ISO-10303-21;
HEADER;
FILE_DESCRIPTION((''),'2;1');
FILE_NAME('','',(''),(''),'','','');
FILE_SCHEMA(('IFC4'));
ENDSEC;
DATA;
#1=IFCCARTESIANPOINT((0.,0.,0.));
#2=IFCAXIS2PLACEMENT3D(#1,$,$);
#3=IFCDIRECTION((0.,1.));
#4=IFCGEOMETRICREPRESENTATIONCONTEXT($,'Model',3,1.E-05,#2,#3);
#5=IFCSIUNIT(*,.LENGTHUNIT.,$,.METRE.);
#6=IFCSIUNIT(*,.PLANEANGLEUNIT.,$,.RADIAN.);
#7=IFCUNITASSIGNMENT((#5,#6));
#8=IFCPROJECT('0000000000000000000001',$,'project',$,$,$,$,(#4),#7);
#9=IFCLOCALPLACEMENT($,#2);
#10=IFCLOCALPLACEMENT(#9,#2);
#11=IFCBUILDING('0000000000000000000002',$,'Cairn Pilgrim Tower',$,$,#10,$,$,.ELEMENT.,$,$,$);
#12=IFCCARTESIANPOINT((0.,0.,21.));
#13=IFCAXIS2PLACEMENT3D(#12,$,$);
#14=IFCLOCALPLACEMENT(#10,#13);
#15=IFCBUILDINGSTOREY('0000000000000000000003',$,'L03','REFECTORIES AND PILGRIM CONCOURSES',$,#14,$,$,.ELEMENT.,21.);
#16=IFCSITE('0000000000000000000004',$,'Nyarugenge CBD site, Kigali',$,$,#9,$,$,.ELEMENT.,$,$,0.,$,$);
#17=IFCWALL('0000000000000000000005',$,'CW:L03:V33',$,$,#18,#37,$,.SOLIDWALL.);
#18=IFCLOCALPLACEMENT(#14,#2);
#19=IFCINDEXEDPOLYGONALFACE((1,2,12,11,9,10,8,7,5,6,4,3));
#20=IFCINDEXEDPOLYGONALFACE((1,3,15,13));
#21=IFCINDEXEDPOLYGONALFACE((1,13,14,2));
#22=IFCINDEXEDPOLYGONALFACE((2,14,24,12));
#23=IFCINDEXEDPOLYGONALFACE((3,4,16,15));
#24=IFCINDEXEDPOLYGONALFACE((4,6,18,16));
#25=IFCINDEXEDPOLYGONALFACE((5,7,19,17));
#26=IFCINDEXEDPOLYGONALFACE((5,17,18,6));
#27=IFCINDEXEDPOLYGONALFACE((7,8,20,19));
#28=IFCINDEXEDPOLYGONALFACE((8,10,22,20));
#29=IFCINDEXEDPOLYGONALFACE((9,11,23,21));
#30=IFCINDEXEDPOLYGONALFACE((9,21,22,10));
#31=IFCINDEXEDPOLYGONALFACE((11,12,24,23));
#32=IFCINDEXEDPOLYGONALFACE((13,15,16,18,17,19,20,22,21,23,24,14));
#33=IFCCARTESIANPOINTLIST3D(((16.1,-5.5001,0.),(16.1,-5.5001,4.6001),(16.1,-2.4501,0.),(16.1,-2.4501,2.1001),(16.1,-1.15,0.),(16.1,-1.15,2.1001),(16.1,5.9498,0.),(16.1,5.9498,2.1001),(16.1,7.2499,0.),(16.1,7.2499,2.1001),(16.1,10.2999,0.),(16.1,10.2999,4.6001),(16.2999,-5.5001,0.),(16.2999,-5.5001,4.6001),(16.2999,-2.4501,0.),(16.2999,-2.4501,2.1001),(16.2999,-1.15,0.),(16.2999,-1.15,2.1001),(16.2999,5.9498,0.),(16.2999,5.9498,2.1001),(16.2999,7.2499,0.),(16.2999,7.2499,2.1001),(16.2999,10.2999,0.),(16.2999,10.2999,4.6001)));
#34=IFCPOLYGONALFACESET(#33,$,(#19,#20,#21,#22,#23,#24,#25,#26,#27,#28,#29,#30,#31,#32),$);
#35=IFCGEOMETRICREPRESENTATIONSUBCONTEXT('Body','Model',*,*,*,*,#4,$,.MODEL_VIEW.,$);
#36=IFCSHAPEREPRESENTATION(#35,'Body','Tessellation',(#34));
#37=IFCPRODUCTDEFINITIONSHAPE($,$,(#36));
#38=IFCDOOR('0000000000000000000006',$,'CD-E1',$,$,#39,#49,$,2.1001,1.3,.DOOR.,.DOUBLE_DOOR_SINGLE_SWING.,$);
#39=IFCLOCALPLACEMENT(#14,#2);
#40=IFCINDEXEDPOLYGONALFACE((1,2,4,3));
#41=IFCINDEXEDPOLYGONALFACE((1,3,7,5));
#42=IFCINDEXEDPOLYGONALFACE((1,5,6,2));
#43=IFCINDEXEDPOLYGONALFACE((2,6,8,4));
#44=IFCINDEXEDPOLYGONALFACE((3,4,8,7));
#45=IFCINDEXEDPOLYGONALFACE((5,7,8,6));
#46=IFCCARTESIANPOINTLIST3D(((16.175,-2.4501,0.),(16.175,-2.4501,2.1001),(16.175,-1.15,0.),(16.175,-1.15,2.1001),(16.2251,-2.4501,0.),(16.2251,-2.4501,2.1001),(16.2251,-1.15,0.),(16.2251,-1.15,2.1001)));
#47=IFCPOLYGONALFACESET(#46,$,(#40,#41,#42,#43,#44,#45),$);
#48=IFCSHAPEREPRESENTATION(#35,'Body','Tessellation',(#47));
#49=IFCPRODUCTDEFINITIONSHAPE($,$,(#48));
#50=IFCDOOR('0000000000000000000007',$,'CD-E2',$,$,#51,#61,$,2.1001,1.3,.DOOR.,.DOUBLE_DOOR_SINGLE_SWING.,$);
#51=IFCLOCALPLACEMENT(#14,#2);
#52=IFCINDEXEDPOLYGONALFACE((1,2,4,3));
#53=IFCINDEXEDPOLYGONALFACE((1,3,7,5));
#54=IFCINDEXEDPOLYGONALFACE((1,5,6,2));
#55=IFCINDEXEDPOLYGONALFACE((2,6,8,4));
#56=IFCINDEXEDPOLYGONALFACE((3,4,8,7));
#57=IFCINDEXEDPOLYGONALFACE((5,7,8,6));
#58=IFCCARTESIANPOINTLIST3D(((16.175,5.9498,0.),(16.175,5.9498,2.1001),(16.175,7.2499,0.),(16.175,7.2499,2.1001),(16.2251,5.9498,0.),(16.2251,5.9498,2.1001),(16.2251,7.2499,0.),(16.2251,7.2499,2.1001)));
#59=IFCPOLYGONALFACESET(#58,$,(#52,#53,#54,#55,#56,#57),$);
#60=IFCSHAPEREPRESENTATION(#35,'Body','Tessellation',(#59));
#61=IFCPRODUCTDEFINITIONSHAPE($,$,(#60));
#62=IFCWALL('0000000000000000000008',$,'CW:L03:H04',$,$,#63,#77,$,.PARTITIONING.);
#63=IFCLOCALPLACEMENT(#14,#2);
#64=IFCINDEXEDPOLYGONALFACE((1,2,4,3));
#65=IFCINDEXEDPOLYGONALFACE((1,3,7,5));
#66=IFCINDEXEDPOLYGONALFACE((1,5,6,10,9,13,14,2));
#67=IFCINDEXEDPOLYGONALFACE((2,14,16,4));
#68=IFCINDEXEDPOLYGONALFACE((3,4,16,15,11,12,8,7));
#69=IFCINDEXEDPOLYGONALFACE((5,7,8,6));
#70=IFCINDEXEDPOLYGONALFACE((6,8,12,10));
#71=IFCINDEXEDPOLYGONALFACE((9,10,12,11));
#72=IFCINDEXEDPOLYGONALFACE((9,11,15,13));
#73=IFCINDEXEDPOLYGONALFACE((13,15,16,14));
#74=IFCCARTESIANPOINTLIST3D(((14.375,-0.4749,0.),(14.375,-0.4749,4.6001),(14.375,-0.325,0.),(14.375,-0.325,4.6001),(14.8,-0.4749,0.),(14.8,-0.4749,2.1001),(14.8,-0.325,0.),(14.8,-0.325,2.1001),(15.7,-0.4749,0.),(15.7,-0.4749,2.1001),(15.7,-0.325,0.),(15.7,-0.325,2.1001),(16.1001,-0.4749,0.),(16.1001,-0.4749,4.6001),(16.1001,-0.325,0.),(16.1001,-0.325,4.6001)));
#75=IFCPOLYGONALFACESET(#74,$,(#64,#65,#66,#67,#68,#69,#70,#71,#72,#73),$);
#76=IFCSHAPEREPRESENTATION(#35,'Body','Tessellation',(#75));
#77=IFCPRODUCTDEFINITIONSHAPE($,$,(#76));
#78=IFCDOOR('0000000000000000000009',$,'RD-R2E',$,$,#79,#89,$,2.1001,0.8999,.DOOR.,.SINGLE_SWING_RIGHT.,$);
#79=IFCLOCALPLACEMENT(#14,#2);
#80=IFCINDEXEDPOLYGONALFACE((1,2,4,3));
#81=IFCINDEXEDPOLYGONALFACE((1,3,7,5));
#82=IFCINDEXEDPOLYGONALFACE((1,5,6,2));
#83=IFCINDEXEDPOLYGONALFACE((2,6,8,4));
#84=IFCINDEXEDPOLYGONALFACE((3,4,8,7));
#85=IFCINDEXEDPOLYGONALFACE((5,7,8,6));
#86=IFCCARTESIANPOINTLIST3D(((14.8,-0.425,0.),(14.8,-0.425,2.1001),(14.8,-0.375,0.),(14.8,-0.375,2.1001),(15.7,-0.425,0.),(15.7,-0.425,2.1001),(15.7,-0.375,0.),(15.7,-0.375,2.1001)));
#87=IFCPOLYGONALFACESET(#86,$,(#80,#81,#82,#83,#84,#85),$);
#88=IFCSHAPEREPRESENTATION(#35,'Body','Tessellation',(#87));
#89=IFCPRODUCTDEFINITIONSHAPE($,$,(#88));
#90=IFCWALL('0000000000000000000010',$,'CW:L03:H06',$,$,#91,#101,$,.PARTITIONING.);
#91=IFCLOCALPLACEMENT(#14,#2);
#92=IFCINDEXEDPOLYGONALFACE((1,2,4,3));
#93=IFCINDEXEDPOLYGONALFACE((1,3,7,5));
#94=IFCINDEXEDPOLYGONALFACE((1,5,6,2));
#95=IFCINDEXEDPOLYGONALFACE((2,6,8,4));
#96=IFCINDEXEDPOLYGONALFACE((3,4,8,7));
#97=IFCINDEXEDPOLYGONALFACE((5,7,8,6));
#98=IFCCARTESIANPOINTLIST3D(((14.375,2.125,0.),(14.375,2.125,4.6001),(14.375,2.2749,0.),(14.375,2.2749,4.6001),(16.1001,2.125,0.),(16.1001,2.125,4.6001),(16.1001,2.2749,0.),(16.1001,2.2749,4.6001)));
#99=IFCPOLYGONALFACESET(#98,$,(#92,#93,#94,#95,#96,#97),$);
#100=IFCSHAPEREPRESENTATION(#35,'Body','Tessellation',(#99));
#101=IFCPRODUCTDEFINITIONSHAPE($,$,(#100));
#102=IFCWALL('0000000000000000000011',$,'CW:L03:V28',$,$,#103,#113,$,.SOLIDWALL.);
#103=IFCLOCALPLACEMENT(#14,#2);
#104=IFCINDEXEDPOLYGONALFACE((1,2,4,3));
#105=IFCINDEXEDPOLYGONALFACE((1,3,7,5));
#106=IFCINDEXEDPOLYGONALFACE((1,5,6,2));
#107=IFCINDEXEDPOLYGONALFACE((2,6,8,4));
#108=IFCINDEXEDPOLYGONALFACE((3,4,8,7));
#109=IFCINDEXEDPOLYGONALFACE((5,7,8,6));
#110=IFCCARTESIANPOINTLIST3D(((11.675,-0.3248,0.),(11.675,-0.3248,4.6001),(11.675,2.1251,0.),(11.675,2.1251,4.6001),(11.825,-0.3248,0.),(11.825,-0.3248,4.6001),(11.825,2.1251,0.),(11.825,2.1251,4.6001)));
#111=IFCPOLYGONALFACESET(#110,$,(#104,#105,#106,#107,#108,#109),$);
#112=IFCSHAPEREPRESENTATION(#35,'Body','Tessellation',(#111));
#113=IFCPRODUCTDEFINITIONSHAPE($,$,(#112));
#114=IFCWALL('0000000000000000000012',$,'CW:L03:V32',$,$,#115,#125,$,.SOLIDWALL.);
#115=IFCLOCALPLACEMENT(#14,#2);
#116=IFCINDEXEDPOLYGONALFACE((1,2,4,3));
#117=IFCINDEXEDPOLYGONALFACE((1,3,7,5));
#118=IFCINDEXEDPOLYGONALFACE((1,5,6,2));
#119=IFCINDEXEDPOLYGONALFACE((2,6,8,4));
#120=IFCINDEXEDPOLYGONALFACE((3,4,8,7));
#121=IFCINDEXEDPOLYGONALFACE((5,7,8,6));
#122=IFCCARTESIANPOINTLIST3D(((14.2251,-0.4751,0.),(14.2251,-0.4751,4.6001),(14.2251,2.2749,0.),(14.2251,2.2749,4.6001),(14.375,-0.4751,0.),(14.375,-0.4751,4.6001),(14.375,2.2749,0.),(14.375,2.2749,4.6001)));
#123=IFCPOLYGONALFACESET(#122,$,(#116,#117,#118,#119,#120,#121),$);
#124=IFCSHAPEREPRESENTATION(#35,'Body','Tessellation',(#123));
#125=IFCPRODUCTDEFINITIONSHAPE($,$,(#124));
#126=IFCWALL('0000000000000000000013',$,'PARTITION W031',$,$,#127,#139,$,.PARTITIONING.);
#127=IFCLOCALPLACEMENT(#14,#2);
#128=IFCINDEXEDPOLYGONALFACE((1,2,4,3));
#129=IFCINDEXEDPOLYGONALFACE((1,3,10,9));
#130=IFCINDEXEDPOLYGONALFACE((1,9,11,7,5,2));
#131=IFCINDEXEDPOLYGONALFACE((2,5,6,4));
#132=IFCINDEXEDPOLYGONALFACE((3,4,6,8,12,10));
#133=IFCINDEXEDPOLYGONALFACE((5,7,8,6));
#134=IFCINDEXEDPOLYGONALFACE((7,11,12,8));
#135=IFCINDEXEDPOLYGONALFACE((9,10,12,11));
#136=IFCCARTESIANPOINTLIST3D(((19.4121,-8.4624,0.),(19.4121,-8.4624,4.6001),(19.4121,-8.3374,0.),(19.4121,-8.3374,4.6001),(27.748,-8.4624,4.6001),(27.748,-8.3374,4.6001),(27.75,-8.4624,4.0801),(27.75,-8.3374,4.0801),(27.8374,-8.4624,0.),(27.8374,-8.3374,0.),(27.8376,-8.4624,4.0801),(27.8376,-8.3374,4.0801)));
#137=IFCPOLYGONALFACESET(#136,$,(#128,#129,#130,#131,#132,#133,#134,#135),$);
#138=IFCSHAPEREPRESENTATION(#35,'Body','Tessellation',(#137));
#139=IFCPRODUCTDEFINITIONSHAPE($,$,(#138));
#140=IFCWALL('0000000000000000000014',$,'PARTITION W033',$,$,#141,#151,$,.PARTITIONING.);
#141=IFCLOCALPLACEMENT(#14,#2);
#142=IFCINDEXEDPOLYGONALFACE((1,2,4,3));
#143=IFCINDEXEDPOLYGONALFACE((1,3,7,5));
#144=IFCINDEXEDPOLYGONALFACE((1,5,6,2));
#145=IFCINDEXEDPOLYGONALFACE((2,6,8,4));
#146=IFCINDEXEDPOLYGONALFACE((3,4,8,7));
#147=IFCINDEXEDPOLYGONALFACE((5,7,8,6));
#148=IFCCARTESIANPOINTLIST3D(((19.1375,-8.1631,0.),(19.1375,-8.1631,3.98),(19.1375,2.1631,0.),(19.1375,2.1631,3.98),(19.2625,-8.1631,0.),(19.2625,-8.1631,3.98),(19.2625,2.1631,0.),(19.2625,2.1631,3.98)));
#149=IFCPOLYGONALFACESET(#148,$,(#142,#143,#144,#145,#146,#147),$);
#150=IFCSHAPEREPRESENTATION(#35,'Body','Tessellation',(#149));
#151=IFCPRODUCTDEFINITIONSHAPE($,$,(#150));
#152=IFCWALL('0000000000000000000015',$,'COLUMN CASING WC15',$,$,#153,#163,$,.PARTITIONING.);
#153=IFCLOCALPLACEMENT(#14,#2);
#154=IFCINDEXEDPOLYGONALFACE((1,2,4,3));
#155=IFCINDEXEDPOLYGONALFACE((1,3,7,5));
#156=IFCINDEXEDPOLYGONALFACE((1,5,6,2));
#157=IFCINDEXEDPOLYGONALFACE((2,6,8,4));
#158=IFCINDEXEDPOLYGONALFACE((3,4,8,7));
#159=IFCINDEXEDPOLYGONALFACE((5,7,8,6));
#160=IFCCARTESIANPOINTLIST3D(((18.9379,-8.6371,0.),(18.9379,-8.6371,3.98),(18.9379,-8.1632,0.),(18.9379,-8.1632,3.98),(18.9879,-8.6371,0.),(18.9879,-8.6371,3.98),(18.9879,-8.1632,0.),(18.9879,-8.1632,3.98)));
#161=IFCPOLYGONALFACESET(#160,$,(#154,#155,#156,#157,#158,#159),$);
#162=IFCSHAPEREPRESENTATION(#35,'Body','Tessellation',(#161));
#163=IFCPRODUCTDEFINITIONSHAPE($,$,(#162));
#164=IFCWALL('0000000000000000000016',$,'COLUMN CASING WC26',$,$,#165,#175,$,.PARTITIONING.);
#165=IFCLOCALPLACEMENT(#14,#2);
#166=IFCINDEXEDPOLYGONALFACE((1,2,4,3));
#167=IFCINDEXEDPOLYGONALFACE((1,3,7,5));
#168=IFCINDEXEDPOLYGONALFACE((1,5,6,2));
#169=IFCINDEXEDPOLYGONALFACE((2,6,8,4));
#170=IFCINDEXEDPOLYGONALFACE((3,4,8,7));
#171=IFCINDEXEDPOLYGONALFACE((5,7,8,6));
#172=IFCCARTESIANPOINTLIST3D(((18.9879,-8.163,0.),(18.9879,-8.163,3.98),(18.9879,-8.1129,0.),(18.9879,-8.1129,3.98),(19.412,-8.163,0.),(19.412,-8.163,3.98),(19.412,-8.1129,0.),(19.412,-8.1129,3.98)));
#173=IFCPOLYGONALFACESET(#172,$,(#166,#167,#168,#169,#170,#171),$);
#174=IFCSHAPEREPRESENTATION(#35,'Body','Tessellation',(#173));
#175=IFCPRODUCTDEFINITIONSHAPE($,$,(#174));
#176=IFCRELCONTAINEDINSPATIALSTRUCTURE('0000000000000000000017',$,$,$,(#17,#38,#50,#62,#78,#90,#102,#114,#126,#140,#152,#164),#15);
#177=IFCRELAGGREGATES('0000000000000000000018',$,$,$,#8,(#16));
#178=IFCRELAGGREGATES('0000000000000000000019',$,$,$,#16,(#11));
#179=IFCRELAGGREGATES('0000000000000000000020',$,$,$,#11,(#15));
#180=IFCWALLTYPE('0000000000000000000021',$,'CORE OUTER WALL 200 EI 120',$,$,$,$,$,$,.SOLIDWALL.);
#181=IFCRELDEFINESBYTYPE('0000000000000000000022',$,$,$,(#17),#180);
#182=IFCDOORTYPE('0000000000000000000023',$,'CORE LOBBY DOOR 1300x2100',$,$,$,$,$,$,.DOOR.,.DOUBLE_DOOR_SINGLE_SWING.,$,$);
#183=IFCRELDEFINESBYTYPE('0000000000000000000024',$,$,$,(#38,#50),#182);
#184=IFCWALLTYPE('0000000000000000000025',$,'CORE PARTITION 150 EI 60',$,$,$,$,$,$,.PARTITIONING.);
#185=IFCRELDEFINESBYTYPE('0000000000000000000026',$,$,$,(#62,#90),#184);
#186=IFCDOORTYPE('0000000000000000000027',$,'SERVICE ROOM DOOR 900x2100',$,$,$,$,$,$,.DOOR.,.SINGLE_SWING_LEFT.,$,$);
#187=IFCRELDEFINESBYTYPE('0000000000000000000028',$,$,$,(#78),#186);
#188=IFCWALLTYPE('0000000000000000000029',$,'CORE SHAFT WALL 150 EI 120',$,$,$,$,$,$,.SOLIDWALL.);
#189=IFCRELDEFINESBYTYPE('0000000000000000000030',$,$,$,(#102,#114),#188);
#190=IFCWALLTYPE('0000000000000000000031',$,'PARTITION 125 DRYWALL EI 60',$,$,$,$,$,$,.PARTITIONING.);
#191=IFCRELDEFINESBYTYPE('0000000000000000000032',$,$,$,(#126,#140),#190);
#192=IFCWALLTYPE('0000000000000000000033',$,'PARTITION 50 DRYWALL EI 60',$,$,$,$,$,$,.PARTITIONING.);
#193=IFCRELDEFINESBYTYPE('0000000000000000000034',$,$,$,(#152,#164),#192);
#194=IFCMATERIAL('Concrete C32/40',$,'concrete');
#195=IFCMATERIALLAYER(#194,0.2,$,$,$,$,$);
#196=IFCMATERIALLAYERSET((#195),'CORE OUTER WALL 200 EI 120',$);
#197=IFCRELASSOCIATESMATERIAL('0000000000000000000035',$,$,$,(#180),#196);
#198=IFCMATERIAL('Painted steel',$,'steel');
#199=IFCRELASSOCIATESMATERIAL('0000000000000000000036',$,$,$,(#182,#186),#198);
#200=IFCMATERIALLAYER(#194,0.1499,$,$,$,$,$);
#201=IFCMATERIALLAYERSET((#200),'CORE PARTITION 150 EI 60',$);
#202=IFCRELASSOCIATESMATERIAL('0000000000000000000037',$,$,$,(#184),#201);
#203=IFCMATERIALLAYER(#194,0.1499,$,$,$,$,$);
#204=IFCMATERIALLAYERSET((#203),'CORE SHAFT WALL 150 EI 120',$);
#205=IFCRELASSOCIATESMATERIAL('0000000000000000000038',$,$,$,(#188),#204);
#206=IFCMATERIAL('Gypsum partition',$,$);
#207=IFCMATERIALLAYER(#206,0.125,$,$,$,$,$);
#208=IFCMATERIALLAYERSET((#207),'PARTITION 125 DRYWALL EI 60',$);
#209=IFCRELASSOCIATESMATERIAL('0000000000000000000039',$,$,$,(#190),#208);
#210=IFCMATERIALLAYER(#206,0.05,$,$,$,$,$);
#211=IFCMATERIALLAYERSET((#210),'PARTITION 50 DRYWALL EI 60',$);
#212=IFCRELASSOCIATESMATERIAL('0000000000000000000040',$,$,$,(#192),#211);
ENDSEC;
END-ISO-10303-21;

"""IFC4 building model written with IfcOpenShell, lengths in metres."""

from ifc_helpers import new_model, si_unit, direction, frame, frame_2d, origin, place, context, subcontext, project, spatial, polyline, rectangle, outline, extrude, material, layer, layer_set, type_object, element, fill, save


model = new_model("IFC4")

# Units and contexts
model_context = context("Model", 3, precision=1e-05, world=origin(), true_north=direction((0.0, 1.0)))
body_context = subcontext(model_context, "Body", "Model", "MODEL_VIEW")
ifc_project = project(units=[si_unit("LENGTHUNIT", "METRE"), si_unit("PLANEANGLEUNIT", "RADIAN")], contexts=[model_context])

# Site, building, storey
site_placement = place(None, origin())
site = spatial("IfcSite", under=ifc_project, at=site_placement, Name="Nyarugenge CBD site, Kigali", CompositionType="ELEMENT", RefElevation=0.0)
building_placement = place(site_placement, origin())
building = spatial("IfcBuilding", under=site, at=building_placement, Name="Cairn Pilgrim Tower", CompositionType="ELEMENT")
storey_placement = place(building_placement, frame((0.0, 0.0, 21.0)))
storey = spatial("IfcBuildingStorey", under=building, at=storey_placement, Name="L03", Description="REFECTORIES AND PILGRIM CONCOURSES", CompositionType="ELEMENT", Elevation=21.0)

# Shared definitions
ifc_material_1 = material(Name="Concrete C32/40", Category="concrete")
ifc_layer_1 = layer(ifc_material_1, 0.2)
ifc_layer_set_1 = layer_set([ifc_layer_1], Name="CORE OUTER WALL 200 EI 120")
wall_type_1 = type_object("IfcWallType", Name="CORE OUTER WALL 200 EI 120", PredefinedType="SOLIDWALL", material=ifc_layer_set_1)

# Wall, openings, doors
wall_1_placement = place(storey_placement, frame((16.2, -5.5, 0.0), z_axis=(0.0, 0.0, 1.0), x_axis=(0.0, 1.0, 0.0)))
wall_1 = element("IfcWall", 1, at=wall_1_placement, inside=storey, type_object=wall_type_1, Name="CW:L03:V33", PredefinedType="SOLIDWALL", context=body_context, shape_type="SweptSolid", body=[
    extrude(rectangle(XDim=15.8, YDim=0.2, at=frame_2d((7.8999, 0.0))), origin(), (0.0, 0.0, 1.0), 4.6001),
])
opening_1_placement = place(wall_1_placement, frame((3.05, 0.0, 0.0)))
opening_1 = element("IfcOpeningElement", 2, at=opening_1_placement, cuts=wall_1, PredefinedType="OPENING", context=body_context, shape_type="SweptSolid", body=[
    extrude(rectangle(XDim=1.3, YDim=2.1001, at=frame_2d((0.6499, 1.05))), frame((0.0, 0.1099, 0.0), z_axis=(0.0, -1.0, 0.0), x_axis=(1.0, 0.0, 0.0)), (0.0, 0.0, 1.0), 0.22),
])
opening_2_placement = place(wall_1_placement, frame((11.45, 0.0, 0.0)))
opening_2 = element("IfcOpeningElement", 3, at=opening_2_placement, cuts=wall_1, PredefinedType="OPENING", context=body_context, shape_type="SweptSolid", body=[
    extrude(rectangle(XDim=1.3, YDim=2.1001, at=frame_2d((0.6499, 1.05))), frame((0.0, 0.1099, 0.0), z_axis=(0.0, -1.0, 0.0), x_axis=(1.0, 0.0, 0.0)), (0.0, 0.0, 1.0), 0.22),
])
ifc_material_2 = material(Name="Painted steel", Category="steel")
door_type_1 = type_object("IfcDoorType", Name="CORE LOBBY DOOR 1300x2100", OperationType="DOUBLE_DOOR_SINGLE_SWING", PredefinedType="DOOR", material=ifc_material_2)
door_1_placement = place(opening_1_placement, origin())
door_1 = element("IfcDoor", 4, at=door_1_placement, inside=storey, type_object=door_type_1, Name="CD-E1", OperationType="DOUBLE_DOOR_SINGLE_SWING", OverallHeight=2.1001, OverallWidth=1.3, PredefinedType="DOOR", context=body_context, shape_type="SweptSolid", body=[
    extrude(rectangle(XDim=1.3, YDim=2.1001, at=frame_2d((0.6499, 1.05))), frame((0.0, 0.0249, 0.0), z_axis=(0.0, -1.0, 0.0), x_axis=(1.0, 0.0, 0.0)), (0.0, 0.0, 1.0), 0.05),
])
fill(opening_1, door_1)
door_2_placement = place(opening_2_placement, origin())
door_2 = element("IfcDoor", 5, at=door_2_placement, inside=storey, type_object=door_type_1, Name="CD-E2", OperationType="DOUBLE_DOOR_SINGLE_SWING", OverallHeight=2.1001, OverallWidth=1.3, PredefinedType="DOOR", context=body_context, shape_type="SweptSolid", body=[
    extrude(rectangle(XDim=1.3, YDim=2.1001, at=frame_2d((0.6499, 1.05))), frame((0.0, 0.0249, 0.0), z_axis=(0.0, -1.0, 0.0), x_axis=(1.0, 0.0, 0.0)), (0.0, 0.0, 1.0), 0.05),
])
fill(opening_2, door_2)

# Wall, opening, door
ifc_layer_2 = layer(ifc_material_1, 0.1499)
ifc_layer_set_2 = layer_set([ifc_layer_2], Name="CORE PARTITION 150 EI 60")
wall_type_2 = type_object("IfcWallType", Name="CORE PARTITION 150 EI 60", PredefinedType="PARTITIONING", material=ifc_layer_set_2)
wall_2_placement = place(storey_placement, frame((14.375, -0.3999, 0.0), z_axis=(0.0, 0.0, 1.0), x_axis=(1.0, 0.0, 0.0)))
wall_2 = element("IfcWall", 6, at=wall_2_placement, inside=storey, type_object=wall_type_2, Name="CW:L03:H04", PredefinedType="PARTITIONING", context=body_context, shape_type="SweptSolid", body=[
    extrude(rectangle(XDim=1.7251, YDim=0.1499, at=frame_2d((0.8625, 0.0))), origin(), (0.0, 0.0, 1.0), 4.6001),
])
opening_3_placement = place(wall_2_placement, frame((0.425, 0.0, 0.0)))
opening_3 = element("IfcOpeningElement", 7, at=opening_3_placement, cuts=wall_2, PredefinedType="OPENING", context=body_context, shape_type="SweptSolid", body=[
    extrude(rectangle(XDim=0.8999, YDim=2.1001, at=frame_2d((0.45, 1.05))), frame((0.0, 0.085, 0.0), z_axis=(0.0, -1.0, 0.0), x_axis=(1.0, 0.0, 0.0)), (0.0, 0.0, 1.0), 0.1699),
])
door_type_2 = type_object("IfcDoorType", Name="SERVICE ROOM DOOR 900x2100", OperationType="SINGLE_SWING_LEFT", PredefinedType="DOOR", material=ifc_material_2)
door_3_placement = place(opening_3_placement, origin())
door_3 = element("IfcDoor", 8, at=door_3_placement, inside=storey, type_object=door_type_2, Name="RD-R2E", OperationType="SINGLE_SWING_RIGHT", OverallHeight=2.1001, OverallWidth=0.8999, PredefinedType="DOOR", context=body_context, shape_type="SweptSolid", body=[
    extrude(rectangle(XDim=0.8999, YDim=2.1001, at=frame_2d((0.45, 1.05))), frame((0.0, 0.0249, 0.0), z_axis=(0.0, -1.0, 0.0), x_axis=(1.0, 0.0, 0.0)), (0.0, 0.0, 1.0), 0.05),
])
fill(opening_3, door_3)

# Walls
wall_3_placement = place(storey_placement, frame((14.375, 2.2, 0.0), z_axis=(0.0, 0.0, 1.0), x_axis=(1.0, 0.0, 0.0)))
element("IfcWall", 9, at=wall_3_placement, inside=storey, type_object=wall_type_2, Name="CW:L03:H06", PredefinedType="PARTITIONING", context=body_context, shape_type="SweptSolid", body=[
    extrude(rectangle(XDim=1.7251, YDim=0.1499, at=frame_2d((0.8625, 0.0))), origin(), (0.0, 0.0, 1.0), 4.6001),
])
ifc_layer_3 = layer(ifc_material_1, 0.1499)
ifc_layer_set_3 = layer_set([ifc_layer_3], Name="CORE SHAFT WALL 150 EI 120")
wall_type_3 = type_object("IfcWallType", Name="CORE SHAFT WALL 150 EI 120", PredefinedType="SOLIDWALL", material=ifc_layer_set_3)
wall_4_placement = place(storey_placement, frame((11.75, -0.325, 0.0), z_axis=(0.0, 0.0, 1.0), x_axis=(0.0, 1.0, 0.0)))
element("IfcWall", 10, at=wall_4_placement, inside=storey, type_object=wall_type_3, Name="CW:L03:V28", PredefinedType="SOLIDWALL", context=body_context, shape_type="SweptSolid", body=[
    extrude(rectangle(XDim=2.45, YDim=0.1499, at=frame_2d((1.2251, 0.0))), origin(), (0.0, 0.0, 1.0), 4.6001),
])
wall_5_placement = place(storey_placement, frame((14.3, -0.4751, 0.0), z_axis=(0.0, 0.0, 1.0), x_axis=(0.0, 1.0, 0.0)))
element("IfcWall", 11, at=wall_5_placement, inside=storey, type_object=wall_type_3, Name="CW:L03:V32", PredefinedType="SOLIDWALL", context=body_context, shape_type="SweptSolid", body=[
    extrude(rectangle(XDim=2.75, YDim=0.1499, at=frame_2d((1.375, 0.0))), origin(), (0.0, 0.0, 1.0), 4.6001),
])
ifc_material_3 = material(Name="Gypsum partition")
ifc_layer_4 = layer(ifc_material_3, 0.125)
ifc_layer_set_4 = layer_set([ifc_layer_4], Name="PARTITION 125 DRYWALL EI 60")
wall_type_4 = type_object("IfcWallType", Name="PARTITION 125 DRYWALL EI 60", PredefinedType="PARTITIONING", material=ifc_layer_set_4)
wall_6_placement = place(storey_placement, frame((19.4121, -8.3999, 0.0), z_axis=(0.0, 0.0, 1.0), x_axis=(1.0, 0.0, 0.0)))
element("IfcWall", 12, at=wall_6_placement, inside=storey, type_object=wall_type_4, Name="PARTITION W031", PredefinedType="PARTITIONING", context=body_context, shape_type="SweptSolid", body=[
    extrude(outline(polyline([(0.0, 0.0), (8.4253, 0.0), (8.4255, 4.0801), (8.3379, 4.0801), (8.3359, 4.6001), (0.0, 4.6001), (0.0, 0.0)])), frame((0.0, 0.0625, 0.0), z_axis=(0.0, -1.0, 0.0), x_axis=(1.0, 0.0, 0.0)), (0.0, 0.0, 1.0), 0.125),
])
wall_7_placement = place(storey_placement, frame((19.2, -8.1631, 0.0), z_axis=(0.0, 0.0, 1.0), x_axis=(0.0, 1.0, 0.0)))
element("IfcWall", 13, at=wall_7_placement, inside=storey, type_object=wall_type_4, Name="PARTITION W033", PredefinedType="PARTITIONING", context=body_context, shape_type="SweptSolid", body=[
    extrude(rectangle(XDim=10.3262, YDim=0.125, at=frame_2d((5.1631, 0.0))), origin(), (0.0, 0.0, 1.0), 3.98),
])
ifc_layer_5 = layer(ifc_material_3, 0.05)
ifc_layer_set_5 = layer_set([ifc_layer_5], Name="PARTITION 50 DRYWALL EI 60")
wall_type_5 = type_object("IfcWallType", Name="PARTITION 50 DRYWALL EI 60", PredefinedType="PARTITIONING", material=ifc_layer_set_5)
wall_8_placement = place(storey_placement, frame((18.9629, -8.637, 0.0), z_axis=(0.0, 0.0, 1.0), x_axis=(0.0, 1.0, 0.0)))
element("IfcWall", 14, at=wall_8_placement, inside=storey, type_object=wall_type_5, Name="COLUMN CASING WC15", PredefinedType="PARTITIONING", context=body_context, shape_type="SweptSolid", body=[
    extrude(rectangle(XDim=0.4739, YDim=0.05, at=frame_2d((0.2368, 0.0))), origin(), (0.0, 0.0, 1.0), 3.98),
])
wall_9_placement = place(storey_placement, frame((18.988, -8.1379, 0.0), z_axis=(0.0, 0.0, 1.0), x_axis=(1.0, 0.0, 0.0)))
element("IfcWall", 15, at=wall_9_placement, inside=storey, type_object=wall_type_5, Name="COLUMN CASING WC26", PredefinedType="PARTITIONING", context=body_context, shape_type="SweptSolid", body=[
    extrude(rectangle(XDim=0.4241, YDim=0.05, at=frame_2d((0.2119, 0.0))), origin(), (0.0, 0.0, 1.0), 3.98),
])

save(model, "model.ifc")
